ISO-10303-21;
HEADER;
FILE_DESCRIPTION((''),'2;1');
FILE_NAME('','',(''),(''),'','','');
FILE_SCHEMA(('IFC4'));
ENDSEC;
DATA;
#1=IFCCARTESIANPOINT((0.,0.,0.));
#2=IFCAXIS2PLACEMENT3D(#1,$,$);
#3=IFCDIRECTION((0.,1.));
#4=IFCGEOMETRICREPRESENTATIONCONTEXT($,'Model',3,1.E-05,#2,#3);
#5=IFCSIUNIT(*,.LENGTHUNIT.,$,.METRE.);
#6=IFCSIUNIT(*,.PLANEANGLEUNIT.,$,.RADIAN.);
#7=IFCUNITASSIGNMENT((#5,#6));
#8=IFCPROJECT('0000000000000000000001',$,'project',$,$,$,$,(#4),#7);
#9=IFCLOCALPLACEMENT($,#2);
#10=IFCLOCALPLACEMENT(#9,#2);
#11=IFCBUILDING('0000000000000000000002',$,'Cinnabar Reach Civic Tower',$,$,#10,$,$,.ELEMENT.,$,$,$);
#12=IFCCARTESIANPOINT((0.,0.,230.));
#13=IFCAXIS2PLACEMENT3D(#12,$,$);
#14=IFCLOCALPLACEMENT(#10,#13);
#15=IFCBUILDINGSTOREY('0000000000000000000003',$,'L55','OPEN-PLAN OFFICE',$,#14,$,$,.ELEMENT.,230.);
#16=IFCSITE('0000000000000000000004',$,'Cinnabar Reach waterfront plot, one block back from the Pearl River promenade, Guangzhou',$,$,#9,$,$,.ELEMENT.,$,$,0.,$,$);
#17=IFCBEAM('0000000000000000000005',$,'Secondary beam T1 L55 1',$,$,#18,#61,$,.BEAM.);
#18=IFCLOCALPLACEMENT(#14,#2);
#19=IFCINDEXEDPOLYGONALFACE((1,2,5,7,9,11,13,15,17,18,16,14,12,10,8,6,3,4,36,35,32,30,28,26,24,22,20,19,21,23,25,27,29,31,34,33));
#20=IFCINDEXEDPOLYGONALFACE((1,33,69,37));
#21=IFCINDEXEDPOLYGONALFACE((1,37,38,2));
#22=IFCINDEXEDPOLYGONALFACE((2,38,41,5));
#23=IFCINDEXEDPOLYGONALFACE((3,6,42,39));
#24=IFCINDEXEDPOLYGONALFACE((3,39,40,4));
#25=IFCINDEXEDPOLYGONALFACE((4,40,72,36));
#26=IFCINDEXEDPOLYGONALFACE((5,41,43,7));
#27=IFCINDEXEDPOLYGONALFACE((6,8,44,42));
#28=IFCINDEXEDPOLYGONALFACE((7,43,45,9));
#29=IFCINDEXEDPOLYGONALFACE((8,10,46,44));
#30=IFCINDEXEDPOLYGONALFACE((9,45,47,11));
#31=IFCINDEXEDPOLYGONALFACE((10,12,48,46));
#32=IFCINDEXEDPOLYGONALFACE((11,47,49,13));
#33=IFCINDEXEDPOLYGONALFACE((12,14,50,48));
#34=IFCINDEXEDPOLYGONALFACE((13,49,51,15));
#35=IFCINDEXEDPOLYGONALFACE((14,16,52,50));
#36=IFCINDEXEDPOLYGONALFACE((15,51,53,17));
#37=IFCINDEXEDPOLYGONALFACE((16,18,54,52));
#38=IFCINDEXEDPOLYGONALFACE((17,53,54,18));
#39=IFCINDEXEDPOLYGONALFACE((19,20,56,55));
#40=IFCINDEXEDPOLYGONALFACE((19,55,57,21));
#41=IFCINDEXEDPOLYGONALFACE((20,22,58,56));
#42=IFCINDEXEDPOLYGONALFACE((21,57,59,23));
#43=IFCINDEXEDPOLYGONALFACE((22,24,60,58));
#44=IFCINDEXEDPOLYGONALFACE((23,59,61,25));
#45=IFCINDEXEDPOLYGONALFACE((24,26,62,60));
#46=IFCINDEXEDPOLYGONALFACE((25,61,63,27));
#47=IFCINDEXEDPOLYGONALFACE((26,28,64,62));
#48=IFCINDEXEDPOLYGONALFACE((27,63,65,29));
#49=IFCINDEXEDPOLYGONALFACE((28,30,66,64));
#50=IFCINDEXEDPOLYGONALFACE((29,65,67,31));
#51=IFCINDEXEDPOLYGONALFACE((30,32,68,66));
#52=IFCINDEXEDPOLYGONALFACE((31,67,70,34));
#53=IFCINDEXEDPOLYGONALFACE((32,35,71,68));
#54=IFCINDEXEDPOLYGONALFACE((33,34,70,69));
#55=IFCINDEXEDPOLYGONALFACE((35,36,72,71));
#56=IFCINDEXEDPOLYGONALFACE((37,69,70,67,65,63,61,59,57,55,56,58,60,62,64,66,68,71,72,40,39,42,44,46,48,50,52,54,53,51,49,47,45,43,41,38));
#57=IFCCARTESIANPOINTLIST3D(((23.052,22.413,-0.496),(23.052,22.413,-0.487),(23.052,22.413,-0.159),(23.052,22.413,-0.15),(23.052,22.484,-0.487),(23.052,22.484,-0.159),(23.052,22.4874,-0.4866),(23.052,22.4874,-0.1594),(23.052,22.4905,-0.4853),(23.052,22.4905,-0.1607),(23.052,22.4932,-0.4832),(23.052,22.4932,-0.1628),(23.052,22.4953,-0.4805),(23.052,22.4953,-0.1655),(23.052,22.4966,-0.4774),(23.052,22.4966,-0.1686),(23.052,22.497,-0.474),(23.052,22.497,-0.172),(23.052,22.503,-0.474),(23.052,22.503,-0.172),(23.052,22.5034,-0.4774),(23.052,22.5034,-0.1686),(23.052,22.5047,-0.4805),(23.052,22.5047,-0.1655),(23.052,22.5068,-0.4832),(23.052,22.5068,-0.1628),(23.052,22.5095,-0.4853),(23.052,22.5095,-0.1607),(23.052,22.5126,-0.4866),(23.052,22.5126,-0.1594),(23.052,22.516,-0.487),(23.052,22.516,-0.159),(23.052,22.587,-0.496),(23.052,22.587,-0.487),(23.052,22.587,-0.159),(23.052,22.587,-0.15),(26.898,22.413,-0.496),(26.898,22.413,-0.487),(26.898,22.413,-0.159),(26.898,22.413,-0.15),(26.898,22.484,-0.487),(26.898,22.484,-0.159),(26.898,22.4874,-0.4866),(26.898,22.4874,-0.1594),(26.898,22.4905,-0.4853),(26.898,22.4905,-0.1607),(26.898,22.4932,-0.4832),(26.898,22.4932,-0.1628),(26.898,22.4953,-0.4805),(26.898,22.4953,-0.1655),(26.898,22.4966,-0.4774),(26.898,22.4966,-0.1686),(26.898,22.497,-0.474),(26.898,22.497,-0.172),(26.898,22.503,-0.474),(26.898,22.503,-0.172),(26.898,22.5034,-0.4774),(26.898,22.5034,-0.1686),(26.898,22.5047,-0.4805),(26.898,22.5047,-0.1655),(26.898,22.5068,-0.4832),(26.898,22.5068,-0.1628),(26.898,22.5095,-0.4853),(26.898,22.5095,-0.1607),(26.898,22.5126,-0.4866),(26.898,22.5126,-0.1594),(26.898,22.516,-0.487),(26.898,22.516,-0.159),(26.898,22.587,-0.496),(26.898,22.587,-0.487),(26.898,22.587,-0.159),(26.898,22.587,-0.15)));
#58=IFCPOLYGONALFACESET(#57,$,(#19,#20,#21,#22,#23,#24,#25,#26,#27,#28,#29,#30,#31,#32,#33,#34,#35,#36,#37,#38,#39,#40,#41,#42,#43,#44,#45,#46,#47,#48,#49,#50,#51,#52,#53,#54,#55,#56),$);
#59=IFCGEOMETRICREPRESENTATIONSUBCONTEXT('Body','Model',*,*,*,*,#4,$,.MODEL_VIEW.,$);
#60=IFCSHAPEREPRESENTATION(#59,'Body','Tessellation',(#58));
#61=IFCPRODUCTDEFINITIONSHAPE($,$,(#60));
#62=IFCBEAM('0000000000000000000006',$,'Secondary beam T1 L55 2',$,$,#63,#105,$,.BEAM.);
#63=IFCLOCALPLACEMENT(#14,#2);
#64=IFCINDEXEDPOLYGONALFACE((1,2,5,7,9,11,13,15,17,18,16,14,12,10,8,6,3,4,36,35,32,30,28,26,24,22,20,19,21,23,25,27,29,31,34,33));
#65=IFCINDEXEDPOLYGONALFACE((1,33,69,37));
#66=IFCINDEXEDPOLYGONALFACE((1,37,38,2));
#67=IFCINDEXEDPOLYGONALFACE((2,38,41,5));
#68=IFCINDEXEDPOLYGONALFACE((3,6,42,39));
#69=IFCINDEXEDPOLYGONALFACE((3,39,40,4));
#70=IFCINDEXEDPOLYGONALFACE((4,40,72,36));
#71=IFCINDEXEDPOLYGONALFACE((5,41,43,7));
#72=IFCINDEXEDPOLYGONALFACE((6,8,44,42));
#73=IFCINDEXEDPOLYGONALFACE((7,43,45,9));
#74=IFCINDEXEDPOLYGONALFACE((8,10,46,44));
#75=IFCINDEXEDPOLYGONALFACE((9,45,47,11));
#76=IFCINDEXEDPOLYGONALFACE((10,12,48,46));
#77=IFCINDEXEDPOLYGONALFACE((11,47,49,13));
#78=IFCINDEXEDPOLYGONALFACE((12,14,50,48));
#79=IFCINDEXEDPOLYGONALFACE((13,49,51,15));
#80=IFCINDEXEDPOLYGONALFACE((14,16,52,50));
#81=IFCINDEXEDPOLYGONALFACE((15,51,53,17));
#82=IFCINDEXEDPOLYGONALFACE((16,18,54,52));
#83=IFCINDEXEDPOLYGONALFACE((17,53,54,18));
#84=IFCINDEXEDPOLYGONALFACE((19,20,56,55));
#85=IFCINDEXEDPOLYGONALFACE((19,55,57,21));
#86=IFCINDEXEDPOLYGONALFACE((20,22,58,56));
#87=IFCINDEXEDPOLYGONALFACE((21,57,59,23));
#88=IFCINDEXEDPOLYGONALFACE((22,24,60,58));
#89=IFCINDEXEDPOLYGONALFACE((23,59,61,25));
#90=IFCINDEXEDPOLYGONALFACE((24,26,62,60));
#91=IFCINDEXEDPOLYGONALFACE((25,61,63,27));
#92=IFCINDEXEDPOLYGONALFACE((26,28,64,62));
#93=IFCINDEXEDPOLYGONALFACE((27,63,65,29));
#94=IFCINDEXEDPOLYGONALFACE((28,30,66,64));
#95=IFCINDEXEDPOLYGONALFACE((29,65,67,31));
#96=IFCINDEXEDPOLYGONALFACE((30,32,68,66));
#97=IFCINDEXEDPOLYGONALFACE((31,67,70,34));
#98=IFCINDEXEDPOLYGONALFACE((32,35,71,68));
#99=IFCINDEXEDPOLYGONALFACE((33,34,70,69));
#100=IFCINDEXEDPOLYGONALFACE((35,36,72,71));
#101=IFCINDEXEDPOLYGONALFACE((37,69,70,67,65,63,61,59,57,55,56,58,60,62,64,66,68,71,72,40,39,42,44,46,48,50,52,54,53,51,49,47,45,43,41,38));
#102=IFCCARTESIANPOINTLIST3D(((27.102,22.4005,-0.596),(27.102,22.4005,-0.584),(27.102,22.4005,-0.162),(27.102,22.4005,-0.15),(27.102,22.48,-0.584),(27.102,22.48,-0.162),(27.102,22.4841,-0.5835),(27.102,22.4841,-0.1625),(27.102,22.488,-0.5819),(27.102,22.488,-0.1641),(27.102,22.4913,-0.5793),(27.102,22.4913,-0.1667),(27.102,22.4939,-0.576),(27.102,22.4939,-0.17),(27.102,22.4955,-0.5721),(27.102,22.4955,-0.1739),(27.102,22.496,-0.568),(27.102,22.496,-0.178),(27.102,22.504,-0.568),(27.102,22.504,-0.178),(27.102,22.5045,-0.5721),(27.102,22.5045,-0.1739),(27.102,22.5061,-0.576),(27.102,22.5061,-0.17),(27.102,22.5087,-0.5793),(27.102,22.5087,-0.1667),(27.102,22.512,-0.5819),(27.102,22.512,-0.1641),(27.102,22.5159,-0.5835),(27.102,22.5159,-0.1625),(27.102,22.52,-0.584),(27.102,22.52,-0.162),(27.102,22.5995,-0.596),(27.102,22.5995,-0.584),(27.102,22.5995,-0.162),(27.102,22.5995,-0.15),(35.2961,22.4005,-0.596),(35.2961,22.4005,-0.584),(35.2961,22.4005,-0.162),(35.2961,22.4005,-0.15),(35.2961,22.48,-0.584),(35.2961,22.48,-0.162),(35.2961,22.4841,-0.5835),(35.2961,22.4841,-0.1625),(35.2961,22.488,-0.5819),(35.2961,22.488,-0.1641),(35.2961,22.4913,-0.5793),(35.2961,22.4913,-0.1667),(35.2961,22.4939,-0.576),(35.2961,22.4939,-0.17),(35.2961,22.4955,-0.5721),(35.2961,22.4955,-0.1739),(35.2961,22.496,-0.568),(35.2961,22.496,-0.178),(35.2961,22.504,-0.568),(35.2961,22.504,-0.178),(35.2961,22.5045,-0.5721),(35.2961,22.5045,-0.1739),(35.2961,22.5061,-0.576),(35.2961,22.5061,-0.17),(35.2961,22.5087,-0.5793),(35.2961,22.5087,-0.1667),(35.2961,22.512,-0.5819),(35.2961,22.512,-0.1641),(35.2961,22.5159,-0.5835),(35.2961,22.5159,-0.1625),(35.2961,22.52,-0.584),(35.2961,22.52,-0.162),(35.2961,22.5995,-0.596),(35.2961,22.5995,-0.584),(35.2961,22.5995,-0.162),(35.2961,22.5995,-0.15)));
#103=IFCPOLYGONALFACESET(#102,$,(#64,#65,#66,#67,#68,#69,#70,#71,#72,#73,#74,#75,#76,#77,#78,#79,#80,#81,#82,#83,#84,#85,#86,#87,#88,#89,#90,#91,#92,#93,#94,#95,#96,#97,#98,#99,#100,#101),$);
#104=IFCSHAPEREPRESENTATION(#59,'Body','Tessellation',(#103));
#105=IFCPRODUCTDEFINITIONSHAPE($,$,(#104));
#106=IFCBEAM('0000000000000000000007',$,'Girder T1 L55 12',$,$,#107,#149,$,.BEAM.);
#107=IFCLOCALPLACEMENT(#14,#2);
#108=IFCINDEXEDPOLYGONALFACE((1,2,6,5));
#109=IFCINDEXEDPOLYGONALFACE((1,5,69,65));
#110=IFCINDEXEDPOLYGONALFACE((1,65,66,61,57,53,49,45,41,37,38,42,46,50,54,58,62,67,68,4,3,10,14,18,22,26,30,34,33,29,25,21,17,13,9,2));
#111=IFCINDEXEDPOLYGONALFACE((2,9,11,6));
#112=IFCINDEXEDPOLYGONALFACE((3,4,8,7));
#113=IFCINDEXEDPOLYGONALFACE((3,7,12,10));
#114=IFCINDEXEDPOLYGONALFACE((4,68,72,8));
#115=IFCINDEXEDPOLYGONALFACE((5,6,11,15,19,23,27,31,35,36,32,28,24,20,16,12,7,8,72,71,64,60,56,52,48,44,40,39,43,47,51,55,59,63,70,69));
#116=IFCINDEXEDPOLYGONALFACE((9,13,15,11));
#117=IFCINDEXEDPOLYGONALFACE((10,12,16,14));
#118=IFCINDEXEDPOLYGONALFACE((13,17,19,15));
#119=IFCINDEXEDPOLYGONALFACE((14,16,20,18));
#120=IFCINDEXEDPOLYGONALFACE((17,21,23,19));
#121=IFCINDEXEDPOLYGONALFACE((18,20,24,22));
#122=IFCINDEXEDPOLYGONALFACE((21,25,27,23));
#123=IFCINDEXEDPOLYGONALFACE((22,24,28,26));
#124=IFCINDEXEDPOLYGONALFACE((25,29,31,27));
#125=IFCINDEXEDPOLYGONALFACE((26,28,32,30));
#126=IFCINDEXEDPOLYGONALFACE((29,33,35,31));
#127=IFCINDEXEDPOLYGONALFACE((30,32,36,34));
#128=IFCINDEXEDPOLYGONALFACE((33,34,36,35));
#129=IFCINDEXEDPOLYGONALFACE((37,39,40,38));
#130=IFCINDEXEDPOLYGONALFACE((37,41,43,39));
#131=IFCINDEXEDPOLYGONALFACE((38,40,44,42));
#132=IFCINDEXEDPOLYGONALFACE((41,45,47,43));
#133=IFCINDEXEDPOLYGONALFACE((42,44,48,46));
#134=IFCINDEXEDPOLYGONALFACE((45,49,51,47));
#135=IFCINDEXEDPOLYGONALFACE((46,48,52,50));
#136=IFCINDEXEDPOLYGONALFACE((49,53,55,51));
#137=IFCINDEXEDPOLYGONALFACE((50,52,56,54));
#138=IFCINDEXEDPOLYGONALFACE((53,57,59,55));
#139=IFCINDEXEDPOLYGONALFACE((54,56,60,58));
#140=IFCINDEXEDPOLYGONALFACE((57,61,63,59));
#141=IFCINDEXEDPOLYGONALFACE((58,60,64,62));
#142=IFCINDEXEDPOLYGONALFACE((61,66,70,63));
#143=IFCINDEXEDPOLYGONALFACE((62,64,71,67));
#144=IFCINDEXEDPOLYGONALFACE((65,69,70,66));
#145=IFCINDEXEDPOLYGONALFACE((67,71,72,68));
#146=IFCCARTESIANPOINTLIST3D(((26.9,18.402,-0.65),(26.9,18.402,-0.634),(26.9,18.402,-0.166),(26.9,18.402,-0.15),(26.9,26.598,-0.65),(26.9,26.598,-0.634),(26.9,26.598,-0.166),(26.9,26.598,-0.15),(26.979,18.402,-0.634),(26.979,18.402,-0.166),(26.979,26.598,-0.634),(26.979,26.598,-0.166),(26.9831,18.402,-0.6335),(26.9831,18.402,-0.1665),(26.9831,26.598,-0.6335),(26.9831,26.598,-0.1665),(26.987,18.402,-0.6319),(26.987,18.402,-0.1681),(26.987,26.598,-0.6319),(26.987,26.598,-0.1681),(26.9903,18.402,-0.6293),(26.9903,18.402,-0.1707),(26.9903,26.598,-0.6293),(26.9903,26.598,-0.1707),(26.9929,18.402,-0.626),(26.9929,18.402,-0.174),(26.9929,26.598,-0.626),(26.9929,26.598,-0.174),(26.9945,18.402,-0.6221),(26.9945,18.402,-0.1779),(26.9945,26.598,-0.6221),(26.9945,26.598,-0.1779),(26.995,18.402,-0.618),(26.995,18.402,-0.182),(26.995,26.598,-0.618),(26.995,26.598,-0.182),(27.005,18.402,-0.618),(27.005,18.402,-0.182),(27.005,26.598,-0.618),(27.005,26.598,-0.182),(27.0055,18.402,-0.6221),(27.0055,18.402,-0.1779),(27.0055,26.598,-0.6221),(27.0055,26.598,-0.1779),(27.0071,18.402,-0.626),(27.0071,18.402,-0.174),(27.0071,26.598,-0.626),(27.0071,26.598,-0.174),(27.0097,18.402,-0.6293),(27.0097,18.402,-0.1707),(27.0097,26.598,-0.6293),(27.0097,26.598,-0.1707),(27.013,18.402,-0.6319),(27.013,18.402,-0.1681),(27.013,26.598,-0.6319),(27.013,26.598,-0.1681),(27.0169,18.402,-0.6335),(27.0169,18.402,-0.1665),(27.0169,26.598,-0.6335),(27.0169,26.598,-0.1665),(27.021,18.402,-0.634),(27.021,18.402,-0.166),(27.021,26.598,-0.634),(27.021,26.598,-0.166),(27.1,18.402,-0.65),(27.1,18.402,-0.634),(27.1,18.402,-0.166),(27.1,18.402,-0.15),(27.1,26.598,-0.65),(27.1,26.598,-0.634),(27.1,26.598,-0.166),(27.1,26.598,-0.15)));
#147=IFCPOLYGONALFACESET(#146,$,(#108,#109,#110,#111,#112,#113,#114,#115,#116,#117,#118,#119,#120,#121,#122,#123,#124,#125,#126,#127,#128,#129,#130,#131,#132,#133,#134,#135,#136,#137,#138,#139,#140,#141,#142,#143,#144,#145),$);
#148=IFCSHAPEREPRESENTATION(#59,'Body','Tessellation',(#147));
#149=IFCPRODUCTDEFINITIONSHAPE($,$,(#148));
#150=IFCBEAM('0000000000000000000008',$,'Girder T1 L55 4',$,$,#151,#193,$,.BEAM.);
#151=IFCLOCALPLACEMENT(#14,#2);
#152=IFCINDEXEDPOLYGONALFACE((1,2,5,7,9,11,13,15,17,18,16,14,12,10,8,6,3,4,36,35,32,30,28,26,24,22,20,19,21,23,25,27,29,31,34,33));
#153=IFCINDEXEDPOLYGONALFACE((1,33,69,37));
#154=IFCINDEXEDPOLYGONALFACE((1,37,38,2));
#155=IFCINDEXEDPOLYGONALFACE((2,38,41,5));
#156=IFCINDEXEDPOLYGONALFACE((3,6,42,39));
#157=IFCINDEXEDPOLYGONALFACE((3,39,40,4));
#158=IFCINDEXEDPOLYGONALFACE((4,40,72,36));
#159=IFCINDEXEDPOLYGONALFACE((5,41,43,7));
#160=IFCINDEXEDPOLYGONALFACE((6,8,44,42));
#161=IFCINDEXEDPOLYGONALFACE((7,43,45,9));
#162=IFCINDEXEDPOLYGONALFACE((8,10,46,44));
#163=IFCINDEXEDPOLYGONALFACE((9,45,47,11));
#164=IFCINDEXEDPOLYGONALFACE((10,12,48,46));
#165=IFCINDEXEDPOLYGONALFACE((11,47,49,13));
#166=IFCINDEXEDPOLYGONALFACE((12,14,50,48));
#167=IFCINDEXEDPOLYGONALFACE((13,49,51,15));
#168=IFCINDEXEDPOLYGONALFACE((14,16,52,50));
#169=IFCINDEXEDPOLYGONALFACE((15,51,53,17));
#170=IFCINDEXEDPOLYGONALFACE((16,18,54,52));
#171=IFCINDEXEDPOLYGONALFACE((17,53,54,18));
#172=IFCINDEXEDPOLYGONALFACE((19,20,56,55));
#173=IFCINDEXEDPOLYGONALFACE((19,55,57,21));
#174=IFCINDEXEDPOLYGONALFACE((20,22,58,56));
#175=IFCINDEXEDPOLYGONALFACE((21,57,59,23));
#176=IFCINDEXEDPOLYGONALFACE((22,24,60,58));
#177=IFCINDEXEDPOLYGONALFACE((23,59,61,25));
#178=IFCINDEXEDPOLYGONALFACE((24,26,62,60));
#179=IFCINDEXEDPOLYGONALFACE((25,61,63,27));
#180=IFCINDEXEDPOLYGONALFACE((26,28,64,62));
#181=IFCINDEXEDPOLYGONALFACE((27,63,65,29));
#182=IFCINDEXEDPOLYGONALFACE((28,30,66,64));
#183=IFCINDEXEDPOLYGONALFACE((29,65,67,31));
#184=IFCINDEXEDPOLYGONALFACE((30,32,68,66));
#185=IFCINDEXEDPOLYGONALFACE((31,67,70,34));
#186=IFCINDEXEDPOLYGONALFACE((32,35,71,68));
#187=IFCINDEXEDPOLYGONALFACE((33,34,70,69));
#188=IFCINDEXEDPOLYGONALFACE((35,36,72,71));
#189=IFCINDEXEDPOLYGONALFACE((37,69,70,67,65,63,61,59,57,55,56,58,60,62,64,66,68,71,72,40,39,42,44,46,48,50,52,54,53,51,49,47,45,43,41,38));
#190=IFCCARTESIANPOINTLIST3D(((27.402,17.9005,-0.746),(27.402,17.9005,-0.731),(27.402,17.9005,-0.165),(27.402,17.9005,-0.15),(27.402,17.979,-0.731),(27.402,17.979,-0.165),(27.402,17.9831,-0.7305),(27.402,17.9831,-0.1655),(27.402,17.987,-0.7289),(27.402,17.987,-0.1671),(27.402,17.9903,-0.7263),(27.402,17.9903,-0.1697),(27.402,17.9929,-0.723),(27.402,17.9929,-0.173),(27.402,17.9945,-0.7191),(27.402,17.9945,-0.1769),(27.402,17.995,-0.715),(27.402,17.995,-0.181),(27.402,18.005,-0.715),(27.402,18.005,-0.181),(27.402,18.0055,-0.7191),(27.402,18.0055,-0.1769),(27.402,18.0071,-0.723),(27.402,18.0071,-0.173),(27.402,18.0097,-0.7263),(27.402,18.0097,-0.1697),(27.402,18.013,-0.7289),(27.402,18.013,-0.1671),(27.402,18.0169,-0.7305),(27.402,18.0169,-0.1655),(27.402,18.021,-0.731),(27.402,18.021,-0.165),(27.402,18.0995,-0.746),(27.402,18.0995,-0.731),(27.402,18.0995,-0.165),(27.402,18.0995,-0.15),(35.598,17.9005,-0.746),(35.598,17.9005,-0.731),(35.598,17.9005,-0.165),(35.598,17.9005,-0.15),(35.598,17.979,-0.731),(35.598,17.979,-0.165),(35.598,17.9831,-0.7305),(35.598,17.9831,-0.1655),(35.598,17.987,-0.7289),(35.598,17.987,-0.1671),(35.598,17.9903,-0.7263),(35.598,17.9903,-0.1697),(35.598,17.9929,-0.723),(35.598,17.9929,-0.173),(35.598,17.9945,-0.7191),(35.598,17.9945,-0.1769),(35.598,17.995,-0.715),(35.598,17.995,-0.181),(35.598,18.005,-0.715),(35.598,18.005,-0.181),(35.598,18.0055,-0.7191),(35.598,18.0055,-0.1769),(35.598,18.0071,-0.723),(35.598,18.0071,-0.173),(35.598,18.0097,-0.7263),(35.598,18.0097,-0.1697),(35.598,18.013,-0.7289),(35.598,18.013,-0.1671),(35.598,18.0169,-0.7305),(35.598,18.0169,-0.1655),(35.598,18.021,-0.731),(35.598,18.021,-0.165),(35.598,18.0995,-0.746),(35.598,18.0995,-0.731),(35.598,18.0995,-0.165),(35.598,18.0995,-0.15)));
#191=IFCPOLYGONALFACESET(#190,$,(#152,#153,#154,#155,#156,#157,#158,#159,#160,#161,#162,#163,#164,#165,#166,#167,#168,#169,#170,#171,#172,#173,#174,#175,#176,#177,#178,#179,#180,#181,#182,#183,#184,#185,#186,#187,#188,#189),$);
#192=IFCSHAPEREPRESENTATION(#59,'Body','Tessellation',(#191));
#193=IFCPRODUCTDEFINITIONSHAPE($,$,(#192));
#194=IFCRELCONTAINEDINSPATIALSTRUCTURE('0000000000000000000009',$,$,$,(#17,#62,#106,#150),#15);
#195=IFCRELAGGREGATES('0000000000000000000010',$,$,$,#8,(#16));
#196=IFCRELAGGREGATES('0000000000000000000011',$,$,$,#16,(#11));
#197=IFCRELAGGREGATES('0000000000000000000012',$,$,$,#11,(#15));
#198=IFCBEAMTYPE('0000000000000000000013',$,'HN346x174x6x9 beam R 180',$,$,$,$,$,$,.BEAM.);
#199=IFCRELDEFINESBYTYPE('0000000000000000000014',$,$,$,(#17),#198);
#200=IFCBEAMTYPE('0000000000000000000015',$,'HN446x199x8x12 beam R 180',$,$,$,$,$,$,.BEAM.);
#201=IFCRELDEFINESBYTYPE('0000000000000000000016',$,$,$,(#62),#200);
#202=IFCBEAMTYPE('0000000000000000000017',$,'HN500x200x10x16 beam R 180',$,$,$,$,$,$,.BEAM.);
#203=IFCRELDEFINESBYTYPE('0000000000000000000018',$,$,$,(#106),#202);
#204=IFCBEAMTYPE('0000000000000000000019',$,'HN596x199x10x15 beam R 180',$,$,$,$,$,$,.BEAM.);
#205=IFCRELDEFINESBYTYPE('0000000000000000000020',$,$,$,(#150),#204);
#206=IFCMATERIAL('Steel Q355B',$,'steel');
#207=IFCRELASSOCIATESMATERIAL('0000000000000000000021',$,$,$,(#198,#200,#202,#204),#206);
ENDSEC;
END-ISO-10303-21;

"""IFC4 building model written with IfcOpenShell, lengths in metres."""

from ifc_helpers import new_model, si_unit, direction, frame, origin, origin_2d, place, context, subcontext, project, spatial, i_section, extrude, material, material_profile, profile_set, type_object, element, save


model = new_model("IFC4")

# Units and contexts
model_context = context("Model", 3, precision=1e-05, world=origin(), true_north=direction((0.0, 1.0)))
body_context = subcontext(model_context, "Body", "Model", "MODEL_VIEW")
ifc_project = project(units=[si_unit("LENGTHUNIT", "METRE"), si_unit("PLANEANGLEUNIT", "RADIAN")], contexts=[model_context])

# Site, building, storey
site_placement = place(None, origin())
site = spatial("IfcSite", under=ifc_project, at=site_placement, Name="Cinnabar Reach waterfront plot, one block back from the Pearl River promenade, Guangzhou", CompositionType="ELEMENT", RefElevation=0.0)
building_placement = place(site_placement, origin())
building = spatial("IfcBuilding", under=site, at=building_placement, Name="Cinnabar Reach Civic Tower", CompositionType="ELEMENT")
storey_placement = place(building_placement, frame((0.0, 0.0, 230.0)))
storey = spatial("IfcBuildingStorey", under=building, at=storey_placement, Name="L55", Description="OPEN-PLAN OFFICE", CompositionType="ELEMENT", Elevation=230.0)

# Beams
ifc_material_1 = material(Name="Steel Q355B", Category="steel")
ifc_material_profile_1 = material_profile(ifc_material_1, i_section(OverallWidth=0.174, OverallDepth=0.346, WebThickness=0.006, FlangeThickness=0.009, FilletRadius=0.013, at=origin_2d()), Name="HN346x174x6x9")
ifc_profile_set_1 = profile_set([ifc_material_profile_1], Name="Steel Q355B")
beam_type_1 = type_object("IfcBeamType", Name="HN346x174x6x9 beam R 180", PredefinedType="BEAM", material=ifc_profile_set_1)
beam_1_placement = place(storey_placement, frame((23.052, 22.5, -0.323), z_axis=(1.0, 0.0, 0.0), x_axis=(0.0, 1.0, 0.0)))
element("IfcBeam", 1, at=beam_1_placement, inside=storey, type_object=beam_type_1, Name="Secondary beam T1 L55 1", PredefinedType="BEAM", context=body_context, shape_type="SweptSolid", body=[
    extrude(i_section(OverallWidth=0.174, OverallDepth=0.346, WebThickness=0.006, FlangeThickness=0.009, FilletRadius=0.013, at=origin_2d()), origin(), (0.0, 0.0, 1.0), 3.846),
])
ifc_material_profile_2 = material_profile(ifc_material_1, i_section(OverallWidth=0.199, OverallDepth=0.446, WebThickness=0.008, FlangeThickness=0.012, FilletRadius=0.016, at=origin_2d()), Name="HN446x199x8x12")
ifc_profile_set_2 = profile_set([ifc_material_profile_2], Name="Steel Q355B")
beam_type_2 = type_object("IfcBeamType", Name="HN446x199x8x12 beam R 180", PredefinedType="BEAM", material=ifc_profile_set_2)
beam_2_placement = place(storey_placement, frame((27.102, 22.5, -0.373), z_axis=(1.0, 0.0, 0.0), x_axis=(0.0, 1.0, 0.0)))
element("IfcBeam", 2, at=beam_2_placement, inside=storey, type_object=beam_type_2, Name="Secondary beam T1 L55 2", PredefinedType="BEAM", context=body_context, shape_type="SweptSolid", body=[
    extrude(i_section(OverallWidth=0.199, OverallDepth=0.446, WebThickness=0.008, FlangeThickness=0.012, FilletRadius=0.016, at=origin_2d()), origin(), (0.0, 0.0, 1.0), 8.1941),
])
ifc_material_profile_3 = material_profile(ifc_material_1, i_section(OverallWidth=0.2, OverallDepth=0.5, WebThickness=0.01, FlangeThickness=0.016, FilletRadius=0.016, at=origin_2d()), Name="HN500x200x10x16")
ifc_profile_set_3 = profile_set([ifc_material_profile_3], Name="Steel Q355B")
beam_type_3 = type_object("IfcBeamType", Name="HN500x200x10x16 beam R 180", PredefinedType="BEAM", material=ifc_profile_set_3)
beam_3_placement = place(storey_placement, frame((27.0, 18.402, -0.4), z_axis=(0.0, 1.0, 0.0), x_axis=(-1.0, 0.0, 0.0)))
element("IfcBeam", 3, at=beam_3_placement, inside=storey, type_object=beam_type_3, Name="Girder T1 L55 12", PredefinedType="BEAM", context=body_context, shape_type="SweptSolid", body=[
    extrude(i_section(OverallWidth=0.2, OverallDepth=0.5, WebThickness=0.01, FlangeThickness=0.016, FilletRadius=0.016, at=origin_2d()), origin(), (0.0, 0.0, 1.0), 8.196),
])
ifc_material_profile_4 = material_profile(ifc_material_1, i_section(OverallWidth=0.199, OverallDepth=0.596, WebThickness=0.01, FlangeThickness=0.015, FilletRadius=0.016, at=origin_2d()), Name="HN596x199x10x15")
ifc_profile_set_4 = profile_set([ifc_material_profile_4], Name="Steel Q355B")
beam_type_4 = type_object("IfcBeamType", Name="HN596x199x10x15 beam R 180", PredefinedType="BEAM", material=ifc_profile_set_4)
beam_4_placement = place(storey_placement, frame((27.402, 18.0, -0.448), z_axis=(1.0, 0.0, 0.0), x_axis=(0.0, 1.0, 0.0)))
element("IfcBeam", 4, at=beam_4_placement, inside=storey, type_object=beam_type_4, Name="Girder T1 L55 4", PredefinedType="BEAM", context=body_context, shape_type="SweptSolid", body=[
    extrude(i_section(OverallWidth=0.199, OverallDepth=0.596, WebThickness=0.01, FlangeThickness=0.015, FilletRadius=0.016, at=origin_2d()), origin(), (0.0, 0.0, 1.0), 8.196),
])

save(model, "model.ifc")
